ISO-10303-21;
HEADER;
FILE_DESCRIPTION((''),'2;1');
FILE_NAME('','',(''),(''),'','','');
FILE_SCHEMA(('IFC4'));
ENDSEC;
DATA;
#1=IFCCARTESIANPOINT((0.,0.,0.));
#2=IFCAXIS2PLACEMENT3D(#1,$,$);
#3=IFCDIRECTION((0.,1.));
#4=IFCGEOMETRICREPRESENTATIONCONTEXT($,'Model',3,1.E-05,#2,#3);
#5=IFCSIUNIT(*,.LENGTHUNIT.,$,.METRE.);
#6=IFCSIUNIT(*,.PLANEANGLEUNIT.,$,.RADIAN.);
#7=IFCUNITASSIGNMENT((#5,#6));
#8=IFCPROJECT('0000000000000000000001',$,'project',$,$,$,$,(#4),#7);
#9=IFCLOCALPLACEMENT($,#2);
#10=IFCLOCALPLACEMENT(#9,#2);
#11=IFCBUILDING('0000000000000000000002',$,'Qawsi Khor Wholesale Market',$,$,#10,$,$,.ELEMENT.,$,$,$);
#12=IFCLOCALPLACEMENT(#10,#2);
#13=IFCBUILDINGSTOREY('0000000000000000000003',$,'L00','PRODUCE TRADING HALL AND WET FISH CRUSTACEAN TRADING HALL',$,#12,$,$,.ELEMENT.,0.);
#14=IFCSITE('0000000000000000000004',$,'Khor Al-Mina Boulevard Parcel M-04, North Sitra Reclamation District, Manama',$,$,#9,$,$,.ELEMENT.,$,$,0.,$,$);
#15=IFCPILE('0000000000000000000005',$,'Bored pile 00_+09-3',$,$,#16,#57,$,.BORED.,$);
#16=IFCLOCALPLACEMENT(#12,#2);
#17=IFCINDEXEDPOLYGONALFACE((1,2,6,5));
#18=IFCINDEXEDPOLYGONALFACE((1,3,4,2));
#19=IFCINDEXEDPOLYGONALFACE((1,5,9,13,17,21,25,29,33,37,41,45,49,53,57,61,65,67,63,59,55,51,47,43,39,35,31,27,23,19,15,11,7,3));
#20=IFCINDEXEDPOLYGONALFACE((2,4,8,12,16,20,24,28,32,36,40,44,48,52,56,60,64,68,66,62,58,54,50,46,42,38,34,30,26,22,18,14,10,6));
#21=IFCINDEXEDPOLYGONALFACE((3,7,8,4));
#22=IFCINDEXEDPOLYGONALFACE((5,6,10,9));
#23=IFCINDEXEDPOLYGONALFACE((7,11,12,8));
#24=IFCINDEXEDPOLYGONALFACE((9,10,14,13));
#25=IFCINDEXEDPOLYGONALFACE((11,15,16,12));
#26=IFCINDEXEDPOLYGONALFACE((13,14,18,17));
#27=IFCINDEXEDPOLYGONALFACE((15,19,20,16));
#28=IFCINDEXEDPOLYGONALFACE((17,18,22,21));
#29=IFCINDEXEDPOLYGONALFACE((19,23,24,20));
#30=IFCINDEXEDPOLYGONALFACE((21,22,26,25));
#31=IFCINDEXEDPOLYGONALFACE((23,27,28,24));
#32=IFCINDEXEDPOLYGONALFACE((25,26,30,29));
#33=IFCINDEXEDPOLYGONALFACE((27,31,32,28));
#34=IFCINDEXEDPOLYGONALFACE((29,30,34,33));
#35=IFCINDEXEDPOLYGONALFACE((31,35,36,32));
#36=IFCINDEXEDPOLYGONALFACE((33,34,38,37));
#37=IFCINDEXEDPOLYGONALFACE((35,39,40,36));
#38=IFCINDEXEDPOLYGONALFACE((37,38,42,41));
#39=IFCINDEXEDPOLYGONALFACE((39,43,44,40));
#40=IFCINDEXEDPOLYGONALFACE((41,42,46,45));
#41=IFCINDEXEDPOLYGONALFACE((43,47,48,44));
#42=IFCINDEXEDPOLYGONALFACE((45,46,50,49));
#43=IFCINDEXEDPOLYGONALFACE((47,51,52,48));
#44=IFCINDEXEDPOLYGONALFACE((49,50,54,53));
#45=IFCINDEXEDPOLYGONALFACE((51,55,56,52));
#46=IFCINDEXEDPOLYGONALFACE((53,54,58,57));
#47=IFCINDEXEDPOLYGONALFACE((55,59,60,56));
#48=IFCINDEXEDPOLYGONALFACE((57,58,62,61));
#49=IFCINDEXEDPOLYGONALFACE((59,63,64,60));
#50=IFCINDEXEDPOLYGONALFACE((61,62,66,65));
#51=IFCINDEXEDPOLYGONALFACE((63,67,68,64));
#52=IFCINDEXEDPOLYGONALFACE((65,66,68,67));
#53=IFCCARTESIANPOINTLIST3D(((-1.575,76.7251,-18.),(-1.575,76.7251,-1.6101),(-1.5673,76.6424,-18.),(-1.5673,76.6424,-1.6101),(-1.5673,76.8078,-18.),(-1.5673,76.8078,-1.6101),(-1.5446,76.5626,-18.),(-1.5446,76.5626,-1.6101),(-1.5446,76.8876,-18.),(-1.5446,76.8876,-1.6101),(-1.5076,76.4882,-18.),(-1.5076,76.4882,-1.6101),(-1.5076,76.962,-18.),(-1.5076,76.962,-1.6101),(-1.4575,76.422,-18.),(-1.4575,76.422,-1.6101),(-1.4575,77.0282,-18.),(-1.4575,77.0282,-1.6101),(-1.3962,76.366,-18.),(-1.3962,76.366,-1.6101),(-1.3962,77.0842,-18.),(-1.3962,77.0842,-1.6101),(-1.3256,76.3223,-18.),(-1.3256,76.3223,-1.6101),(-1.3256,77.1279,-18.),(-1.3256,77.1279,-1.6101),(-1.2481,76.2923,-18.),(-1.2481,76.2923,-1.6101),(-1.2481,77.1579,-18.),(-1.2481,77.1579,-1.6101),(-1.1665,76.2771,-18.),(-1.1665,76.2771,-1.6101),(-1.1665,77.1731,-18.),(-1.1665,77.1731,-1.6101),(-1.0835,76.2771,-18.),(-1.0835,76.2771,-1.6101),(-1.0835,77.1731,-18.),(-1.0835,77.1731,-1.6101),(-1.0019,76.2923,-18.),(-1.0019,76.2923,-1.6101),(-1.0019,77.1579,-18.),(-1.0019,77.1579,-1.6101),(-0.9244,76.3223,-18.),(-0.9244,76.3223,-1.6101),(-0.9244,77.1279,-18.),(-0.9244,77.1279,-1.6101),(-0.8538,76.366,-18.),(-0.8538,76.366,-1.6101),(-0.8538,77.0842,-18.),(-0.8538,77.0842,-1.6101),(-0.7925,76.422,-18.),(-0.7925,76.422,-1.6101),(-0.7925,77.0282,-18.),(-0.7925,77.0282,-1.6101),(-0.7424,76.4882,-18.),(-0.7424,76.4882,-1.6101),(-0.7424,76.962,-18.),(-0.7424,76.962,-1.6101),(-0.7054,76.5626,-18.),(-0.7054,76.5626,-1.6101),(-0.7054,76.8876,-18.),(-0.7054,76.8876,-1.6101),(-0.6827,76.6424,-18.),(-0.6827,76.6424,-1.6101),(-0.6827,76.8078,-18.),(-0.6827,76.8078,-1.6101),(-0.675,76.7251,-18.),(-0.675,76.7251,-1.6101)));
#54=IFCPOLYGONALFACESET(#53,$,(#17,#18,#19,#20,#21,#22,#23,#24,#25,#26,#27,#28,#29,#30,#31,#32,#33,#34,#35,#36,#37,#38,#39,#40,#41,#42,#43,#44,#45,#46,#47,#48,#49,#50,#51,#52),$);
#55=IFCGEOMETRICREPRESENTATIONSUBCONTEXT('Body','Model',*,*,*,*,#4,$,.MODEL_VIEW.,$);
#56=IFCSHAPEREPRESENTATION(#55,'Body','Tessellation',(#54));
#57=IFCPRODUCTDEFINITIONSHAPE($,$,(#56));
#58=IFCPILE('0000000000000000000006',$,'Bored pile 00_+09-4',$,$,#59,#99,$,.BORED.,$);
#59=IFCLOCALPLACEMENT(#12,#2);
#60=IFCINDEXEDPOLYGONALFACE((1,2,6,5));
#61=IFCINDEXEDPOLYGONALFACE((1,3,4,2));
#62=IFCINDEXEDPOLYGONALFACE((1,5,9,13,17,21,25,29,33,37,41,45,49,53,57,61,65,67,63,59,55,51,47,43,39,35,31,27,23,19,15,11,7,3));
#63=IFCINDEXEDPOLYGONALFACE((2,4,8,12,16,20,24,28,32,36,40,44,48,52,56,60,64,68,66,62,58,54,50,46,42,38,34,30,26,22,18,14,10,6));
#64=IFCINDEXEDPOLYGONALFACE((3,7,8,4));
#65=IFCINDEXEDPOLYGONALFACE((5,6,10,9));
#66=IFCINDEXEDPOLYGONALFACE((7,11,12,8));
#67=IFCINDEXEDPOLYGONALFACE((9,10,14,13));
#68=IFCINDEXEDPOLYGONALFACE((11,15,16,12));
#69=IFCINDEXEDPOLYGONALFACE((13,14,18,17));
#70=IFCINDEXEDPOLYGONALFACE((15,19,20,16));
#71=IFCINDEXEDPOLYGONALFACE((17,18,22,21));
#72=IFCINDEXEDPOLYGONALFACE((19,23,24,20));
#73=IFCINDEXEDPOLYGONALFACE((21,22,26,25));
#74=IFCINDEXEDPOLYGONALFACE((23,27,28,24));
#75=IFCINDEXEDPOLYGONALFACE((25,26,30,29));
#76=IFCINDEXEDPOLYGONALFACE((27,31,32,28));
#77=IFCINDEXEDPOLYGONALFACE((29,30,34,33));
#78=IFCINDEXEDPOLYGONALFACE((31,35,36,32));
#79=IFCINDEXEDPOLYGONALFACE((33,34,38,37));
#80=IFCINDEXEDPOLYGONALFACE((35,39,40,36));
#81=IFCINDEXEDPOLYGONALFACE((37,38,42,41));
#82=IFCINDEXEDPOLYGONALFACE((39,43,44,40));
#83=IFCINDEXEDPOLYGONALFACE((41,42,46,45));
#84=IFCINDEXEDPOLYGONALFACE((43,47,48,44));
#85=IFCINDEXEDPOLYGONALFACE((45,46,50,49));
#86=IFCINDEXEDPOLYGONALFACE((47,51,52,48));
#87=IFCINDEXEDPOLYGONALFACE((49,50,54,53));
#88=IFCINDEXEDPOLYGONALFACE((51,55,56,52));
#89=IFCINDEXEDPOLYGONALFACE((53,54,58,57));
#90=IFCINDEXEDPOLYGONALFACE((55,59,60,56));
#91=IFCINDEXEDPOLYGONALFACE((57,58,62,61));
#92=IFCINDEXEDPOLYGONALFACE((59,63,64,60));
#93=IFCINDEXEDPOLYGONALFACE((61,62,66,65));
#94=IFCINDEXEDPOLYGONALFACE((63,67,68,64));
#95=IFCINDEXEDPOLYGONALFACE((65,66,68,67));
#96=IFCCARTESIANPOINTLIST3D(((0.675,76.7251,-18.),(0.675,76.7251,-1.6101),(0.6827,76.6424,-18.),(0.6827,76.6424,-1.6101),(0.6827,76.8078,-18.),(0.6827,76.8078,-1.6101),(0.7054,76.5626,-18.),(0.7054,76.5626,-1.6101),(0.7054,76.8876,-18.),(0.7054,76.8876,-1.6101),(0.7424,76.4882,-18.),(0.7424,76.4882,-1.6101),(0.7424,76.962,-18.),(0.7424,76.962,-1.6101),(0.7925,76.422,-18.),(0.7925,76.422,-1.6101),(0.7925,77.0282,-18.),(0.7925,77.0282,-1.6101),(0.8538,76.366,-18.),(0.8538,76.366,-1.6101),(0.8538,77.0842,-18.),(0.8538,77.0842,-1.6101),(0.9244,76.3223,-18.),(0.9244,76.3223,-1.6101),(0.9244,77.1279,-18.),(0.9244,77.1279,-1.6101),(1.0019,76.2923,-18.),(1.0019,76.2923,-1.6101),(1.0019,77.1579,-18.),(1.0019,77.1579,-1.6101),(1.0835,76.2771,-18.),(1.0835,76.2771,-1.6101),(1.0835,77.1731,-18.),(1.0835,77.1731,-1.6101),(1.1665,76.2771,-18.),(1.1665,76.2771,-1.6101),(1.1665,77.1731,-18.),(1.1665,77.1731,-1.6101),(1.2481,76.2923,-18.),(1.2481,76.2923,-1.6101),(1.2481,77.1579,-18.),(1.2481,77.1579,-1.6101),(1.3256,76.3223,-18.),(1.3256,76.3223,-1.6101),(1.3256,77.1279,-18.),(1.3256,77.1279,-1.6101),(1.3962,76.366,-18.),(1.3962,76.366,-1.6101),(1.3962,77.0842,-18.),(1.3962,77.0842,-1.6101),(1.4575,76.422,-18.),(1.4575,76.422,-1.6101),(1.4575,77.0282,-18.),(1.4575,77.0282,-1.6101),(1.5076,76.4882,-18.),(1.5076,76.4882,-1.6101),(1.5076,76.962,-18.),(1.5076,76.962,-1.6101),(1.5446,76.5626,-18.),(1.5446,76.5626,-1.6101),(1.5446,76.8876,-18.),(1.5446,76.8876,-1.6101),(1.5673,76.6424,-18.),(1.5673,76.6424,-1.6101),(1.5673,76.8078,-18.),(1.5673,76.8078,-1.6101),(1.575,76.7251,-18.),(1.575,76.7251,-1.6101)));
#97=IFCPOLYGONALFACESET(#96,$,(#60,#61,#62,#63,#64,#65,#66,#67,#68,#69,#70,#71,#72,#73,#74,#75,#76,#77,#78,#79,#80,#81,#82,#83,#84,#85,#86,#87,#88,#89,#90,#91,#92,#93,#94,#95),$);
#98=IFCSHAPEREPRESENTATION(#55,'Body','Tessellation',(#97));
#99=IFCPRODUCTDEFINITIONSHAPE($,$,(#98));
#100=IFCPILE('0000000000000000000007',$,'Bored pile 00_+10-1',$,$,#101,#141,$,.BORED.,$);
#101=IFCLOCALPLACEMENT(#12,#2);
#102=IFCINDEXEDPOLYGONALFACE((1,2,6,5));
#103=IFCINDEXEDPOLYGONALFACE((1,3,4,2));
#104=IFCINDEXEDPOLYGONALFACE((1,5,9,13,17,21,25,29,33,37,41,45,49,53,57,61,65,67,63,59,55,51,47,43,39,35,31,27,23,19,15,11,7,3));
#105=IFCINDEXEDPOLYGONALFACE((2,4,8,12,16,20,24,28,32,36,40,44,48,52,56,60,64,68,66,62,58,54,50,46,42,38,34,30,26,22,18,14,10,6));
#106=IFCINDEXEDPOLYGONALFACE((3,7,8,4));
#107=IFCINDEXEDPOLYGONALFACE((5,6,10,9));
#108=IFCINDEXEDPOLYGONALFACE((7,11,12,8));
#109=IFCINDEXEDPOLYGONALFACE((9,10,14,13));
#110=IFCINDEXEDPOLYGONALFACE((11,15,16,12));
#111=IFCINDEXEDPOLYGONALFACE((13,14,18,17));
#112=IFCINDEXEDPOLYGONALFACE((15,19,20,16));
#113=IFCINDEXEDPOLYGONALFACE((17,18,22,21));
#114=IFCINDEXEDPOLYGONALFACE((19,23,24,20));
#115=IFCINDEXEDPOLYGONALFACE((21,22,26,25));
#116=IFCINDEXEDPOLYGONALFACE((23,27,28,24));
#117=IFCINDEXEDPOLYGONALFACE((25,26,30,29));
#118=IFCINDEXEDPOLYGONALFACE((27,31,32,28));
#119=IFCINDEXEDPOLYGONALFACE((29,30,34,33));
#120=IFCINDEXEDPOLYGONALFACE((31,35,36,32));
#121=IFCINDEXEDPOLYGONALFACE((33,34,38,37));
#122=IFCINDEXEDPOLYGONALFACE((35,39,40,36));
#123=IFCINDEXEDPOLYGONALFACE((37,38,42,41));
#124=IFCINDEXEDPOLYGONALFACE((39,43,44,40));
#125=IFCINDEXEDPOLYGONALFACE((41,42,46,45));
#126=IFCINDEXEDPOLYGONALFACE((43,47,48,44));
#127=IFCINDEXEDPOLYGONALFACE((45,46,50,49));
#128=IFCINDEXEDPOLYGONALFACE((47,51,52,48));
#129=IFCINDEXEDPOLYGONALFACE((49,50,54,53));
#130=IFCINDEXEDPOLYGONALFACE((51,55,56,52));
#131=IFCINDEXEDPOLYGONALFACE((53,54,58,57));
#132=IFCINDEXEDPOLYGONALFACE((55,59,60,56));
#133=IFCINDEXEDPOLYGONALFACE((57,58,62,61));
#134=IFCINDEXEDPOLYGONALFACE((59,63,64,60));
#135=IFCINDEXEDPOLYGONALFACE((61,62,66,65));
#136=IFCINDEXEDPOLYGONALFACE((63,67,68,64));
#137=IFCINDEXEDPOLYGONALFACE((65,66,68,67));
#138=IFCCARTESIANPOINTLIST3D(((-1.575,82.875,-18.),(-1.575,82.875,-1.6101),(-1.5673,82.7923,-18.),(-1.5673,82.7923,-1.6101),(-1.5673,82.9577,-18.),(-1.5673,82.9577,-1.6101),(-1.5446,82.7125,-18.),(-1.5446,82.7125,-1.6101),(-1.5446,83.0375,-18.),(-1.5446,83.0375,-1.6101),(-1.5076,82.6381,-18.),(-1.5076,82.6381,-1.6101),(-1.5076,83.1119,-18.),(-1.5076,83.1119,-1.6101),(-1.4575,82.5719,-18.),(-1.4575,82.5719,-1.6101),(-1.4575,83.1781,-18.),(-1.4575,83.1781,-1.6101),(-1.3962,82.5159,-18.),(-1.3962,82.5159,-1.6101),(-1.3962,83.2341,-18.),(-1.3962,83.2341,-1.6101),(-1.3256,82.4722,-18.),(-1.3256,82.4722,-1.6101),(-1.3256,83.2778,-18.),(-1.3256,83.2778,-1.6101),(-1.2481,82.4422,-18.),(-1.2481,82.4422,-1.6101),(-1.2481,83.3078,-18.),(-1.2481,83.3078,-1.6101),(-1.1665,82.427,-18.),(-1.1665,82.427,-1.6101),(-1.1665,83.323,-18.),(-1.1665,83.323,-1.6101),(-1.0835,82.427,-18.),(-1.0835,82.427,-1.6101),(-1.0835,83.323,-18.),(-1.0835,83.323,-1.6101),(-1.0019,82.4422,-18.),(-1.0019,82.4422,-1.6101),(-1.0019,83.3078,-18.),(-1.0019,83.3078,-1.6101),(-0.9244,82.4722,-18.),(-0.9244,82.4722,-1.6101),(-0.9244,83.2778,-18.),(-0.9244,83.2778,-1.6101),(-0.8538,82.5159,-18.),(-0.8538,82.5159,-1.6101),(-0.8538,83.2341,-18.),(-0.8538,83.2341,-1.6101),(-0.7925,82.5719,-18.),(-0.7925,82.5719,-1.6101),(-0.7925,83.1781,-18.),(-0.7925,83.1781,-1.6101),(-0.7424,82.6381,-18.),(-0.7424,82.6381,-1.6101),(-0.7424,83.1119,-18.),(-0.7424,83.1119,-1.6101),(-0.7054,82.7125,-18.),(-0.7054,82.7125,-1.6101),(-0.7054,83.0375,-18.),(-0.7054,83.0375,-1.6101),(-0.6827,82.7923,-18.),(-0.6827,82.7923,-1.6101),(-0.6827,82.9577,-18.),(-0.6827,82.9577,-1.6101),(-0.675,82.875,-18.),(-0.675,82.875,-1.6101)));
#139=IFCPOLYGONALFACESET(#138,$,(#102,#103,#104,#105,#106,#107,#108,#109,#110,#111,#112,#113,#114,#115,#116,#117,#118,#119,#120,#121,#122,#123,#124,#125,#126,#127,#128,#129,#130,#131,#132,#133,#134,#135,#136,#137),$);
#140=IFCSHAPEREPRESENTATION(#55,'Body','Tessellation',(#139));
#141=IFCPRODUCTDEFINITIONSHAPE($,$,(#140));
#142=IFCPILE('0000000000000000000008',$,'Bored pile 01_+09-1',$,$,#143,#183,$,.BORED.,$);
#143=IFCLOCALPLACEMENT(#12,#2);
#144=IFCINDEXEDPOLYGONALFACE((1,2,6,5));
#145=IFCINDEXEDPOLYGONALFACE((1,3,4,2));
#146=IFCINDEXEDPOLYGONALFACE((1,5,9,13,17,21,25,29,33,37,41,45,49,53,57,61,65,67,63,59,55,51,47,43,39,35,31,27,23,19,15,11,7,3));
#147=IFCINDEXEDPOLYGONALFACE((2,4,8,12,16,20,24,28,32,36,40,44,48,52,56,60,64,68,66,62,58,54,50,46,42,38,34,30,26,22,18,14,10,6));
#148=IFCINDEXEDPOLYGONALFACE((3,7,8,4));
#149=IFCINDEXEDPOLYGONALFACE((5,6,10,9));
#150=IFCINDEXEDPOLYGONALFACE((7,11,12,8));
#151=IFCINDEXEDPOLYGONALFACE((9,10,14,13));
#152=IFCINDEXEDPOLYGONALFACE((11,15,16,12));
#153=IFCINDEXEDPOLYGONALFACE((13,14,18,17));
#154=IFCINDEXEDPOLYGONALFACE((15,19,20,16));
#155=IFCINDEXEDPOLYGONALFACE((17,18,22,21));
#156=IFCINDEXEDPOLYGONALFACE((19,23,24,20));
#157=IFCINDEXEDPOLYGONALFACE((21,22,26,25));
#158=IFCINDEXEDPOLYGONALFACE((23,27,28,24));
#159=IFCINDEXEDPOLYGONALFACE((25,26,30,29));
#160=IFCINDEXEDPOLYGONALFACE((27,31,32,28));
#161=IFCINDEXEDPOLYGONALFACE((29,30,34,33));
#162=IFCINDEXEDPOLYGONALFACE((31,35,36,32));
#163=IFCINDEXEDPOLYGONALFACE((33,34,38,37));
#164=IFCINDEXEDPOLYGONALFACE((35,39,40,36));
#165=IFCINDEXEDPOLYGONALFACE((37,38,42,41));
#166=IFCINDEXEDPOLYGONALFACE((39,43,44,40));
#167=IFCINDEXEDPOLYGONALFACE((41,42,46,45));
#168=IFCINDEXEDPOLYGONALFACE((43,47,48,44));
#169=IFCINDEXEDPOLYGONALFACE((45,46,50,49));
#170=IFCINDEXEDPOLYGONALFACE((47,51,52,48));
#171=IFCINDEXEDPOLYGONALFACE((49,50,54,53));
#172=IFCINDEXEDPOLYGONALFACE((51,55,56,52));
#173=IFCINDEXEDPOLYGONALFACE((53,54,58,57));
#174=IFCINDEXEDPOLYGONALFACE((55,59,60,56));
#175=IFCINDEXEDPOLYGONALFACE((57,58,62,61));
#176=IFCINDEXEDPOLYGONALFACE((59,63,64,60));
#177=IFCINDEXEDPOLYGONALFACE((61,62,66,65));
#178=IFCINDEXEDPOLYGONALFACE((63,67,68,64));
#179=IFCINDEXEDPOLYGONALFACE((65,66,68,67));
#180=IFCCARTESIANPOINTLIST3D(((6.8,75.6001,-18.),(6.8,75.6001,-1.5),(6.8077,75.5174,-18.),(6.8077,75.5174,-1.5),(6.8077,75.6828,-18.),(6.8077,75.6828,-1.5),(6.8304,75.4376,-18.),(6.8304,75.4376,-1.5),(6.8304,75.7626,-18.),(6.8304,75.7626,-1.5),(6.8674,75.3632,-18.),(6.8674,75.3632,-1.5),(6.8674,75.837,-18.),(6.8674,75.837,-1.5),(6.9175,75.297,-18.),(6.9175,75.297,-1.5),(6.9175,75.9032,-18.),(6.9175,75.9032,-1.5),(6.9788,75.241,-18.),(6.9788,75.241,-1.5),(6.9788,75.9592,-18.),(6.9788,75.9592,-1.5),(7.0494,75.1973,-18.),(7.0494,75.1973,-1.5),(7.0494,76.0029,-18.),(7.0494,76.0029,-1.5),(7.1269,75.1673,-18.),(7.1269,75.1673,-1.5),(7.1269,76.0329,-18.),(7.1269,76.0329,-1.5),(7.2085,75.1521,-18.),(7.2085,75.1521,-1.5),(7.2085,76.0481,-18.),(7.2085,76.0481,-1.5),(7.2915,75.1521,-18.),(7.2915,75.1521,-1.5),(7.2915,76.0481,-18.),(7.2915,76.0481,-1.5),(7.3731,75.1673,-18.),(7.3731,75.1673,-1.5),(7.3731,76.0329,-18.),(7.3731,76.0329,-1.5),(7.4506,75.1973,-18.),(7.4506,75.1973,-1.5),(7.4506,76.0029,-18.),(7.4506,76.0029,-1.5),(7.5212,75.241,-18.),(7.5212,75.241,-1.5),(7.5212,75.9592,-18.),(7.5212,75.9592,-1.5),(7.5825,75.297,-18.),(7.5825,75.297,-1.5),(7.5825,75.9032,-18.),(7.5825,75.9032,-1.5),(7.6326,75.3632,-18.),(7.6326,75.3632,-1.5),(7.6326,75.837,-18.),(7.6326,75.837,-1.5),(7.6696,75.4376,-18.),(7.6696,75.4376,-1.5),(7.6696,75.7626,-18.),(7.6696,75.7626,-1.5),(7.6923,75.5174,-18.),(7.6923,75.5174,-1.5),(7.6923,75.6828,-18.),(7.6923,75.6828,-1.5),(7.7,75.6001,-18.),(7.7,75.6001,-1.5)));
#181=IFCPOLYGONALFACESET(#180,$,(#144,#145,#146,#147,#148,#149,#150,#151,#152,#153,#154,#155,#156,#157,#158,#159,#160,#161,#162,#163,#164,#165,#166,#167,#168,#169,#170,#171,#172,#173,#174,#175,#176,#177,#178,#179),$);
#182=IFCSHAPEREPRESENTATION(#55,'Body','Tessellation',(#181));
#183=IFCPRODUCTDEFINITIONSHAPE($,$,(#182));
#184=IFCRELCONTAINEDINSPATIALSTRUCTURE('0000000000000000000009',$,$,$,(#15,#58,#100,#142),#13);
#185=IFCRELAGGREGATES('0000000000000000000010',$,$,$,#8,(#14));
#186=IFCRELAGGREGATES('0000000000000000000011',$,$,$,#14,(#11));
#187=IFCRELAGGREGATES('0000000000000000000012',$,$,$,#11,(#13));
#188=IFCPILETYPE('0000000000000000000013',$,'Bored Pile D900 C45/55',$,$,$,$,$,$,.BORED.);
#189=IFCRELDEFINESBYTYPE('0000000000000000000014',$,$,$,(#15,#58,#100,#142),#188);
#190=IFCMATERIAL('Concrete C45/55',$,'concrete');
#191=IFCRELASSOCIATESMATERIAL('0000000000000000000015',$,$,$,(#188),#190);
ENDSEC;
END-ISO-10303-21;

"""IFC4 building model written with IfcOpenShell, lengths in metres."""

from ifc_helpers import new_model, si_unit, direction, frame, origin, origin_2d, place, context, subcontext, project, spatial, circle, extrude, material, material_profile, profile_set, type_object, element, save


model = new_model("IFC4")

# Units and contexts
model_context = context("Model", 3, precision=1e-05, world=origin(), true_north=direction((0.0, 1.0)))
body_context = subcontext(model_context, "Body", "Model", "MODEL_VIEW")
ifc_project = project(units=[si_unit("LENGTHUNIT", "METRE"), si_unit("PLANEANGLEUNIT", "RADIAN")], contexts=[model_context])

# Site, building, storey
site_placement = place(None, origin())
site = spatial("IfcSite", under=ifc_project, at=site_placement, Name="Khor Al-Mina Boulevard Parcel M-04, North Sitra Reclamation District, Manama", CompositionType="ELEMENT", RefElevation=0.0)
building_placement = place(site_placement, origin())
building = spatial("IfcBuilding", under=site, at=building_placement, Name="Qawsi Khor Wholesale Market", CompositionType="ELEMENT")
storey_placement = place(building_placement, origin())
storey = spatial("IfcBuildingStorey", under=building, at=storey_placement, Name="L00", Description="PRODUCE TRADING HALL AND WET FISH CRUSTACEAN TRADING HALL", CompositionType="ELEMENT", Elevation=0.0)

# Piles
ifc_material_1 = material(Name="Concrete C45/55", Category="concrete")
ifc_material_profile_1 = material_profile(ifc_material_1, circle(Radius=0.45, at=origin_2d()), Name="PILE D900")
ifc_profile_set_1 = profile_set([ifc_material_profile_1], Name="Concrete C45/55")
pile_type = type_object("IfcPileType", Name="Bored Pile D900 C45/55", PredefinedType="BORED", material=ifc_profile_set_1)
for number, where, z_axis, x_axis, name in (
    (1, (-1.125, 76.7251, -1.6101), (0.0, 0.0, -1.0), (1.0, 0.0, 0.0), "Bored pile 00_+09-3"),
    (2, (1.125, 76.7251, -1.6101), (0.0, 0.0, -1.0), (1.0, 0.0, 0.0), "Bored pile 00_+09-4"),
    (3, (-1.125, 82.875, -1.6101), (0.0, 0.0, -1.0), (1.0, 0.0, 0.0), "Bored pile 00_+10-1"),
):
    element("IfcPile", number, at=place(storey_placement, frame(where, z_axis=z_axis, x_axis=x_axis)), inside=storey, type_object=pile_type, Name=name, PredefinedType="BORED", context=body_context, shape_type="SweptSolid", body=[
        extrude(circle(Radius=0.45, at=origin_2d()), origin(), (0.0, 0.0, 1.0), 16.3899),
    ])
for number, where, z_axis, x_axis, name in (
    (4, (7.25, 75.6001, -1.5), (0.0, 0.0, -1.0), (1.0, 0.0, 0.0), "Bored pile 01_+09-1"),
):
    element("IfcPile", number, at=place(storey_placement, frame(where, z_axis=z_axis, x_axis=x_axis)), inside=storey, type_object=pile_type, Name=name, PredefinedType="BORED", context=body_context, shape_type="SweptSolid", body=[
        extrude(circle(Radius=0.45, at=origin_2d()), origin(), (0.0, 0.0, 1.0), 16.5),
    ])

save(model, "model.ifc")
